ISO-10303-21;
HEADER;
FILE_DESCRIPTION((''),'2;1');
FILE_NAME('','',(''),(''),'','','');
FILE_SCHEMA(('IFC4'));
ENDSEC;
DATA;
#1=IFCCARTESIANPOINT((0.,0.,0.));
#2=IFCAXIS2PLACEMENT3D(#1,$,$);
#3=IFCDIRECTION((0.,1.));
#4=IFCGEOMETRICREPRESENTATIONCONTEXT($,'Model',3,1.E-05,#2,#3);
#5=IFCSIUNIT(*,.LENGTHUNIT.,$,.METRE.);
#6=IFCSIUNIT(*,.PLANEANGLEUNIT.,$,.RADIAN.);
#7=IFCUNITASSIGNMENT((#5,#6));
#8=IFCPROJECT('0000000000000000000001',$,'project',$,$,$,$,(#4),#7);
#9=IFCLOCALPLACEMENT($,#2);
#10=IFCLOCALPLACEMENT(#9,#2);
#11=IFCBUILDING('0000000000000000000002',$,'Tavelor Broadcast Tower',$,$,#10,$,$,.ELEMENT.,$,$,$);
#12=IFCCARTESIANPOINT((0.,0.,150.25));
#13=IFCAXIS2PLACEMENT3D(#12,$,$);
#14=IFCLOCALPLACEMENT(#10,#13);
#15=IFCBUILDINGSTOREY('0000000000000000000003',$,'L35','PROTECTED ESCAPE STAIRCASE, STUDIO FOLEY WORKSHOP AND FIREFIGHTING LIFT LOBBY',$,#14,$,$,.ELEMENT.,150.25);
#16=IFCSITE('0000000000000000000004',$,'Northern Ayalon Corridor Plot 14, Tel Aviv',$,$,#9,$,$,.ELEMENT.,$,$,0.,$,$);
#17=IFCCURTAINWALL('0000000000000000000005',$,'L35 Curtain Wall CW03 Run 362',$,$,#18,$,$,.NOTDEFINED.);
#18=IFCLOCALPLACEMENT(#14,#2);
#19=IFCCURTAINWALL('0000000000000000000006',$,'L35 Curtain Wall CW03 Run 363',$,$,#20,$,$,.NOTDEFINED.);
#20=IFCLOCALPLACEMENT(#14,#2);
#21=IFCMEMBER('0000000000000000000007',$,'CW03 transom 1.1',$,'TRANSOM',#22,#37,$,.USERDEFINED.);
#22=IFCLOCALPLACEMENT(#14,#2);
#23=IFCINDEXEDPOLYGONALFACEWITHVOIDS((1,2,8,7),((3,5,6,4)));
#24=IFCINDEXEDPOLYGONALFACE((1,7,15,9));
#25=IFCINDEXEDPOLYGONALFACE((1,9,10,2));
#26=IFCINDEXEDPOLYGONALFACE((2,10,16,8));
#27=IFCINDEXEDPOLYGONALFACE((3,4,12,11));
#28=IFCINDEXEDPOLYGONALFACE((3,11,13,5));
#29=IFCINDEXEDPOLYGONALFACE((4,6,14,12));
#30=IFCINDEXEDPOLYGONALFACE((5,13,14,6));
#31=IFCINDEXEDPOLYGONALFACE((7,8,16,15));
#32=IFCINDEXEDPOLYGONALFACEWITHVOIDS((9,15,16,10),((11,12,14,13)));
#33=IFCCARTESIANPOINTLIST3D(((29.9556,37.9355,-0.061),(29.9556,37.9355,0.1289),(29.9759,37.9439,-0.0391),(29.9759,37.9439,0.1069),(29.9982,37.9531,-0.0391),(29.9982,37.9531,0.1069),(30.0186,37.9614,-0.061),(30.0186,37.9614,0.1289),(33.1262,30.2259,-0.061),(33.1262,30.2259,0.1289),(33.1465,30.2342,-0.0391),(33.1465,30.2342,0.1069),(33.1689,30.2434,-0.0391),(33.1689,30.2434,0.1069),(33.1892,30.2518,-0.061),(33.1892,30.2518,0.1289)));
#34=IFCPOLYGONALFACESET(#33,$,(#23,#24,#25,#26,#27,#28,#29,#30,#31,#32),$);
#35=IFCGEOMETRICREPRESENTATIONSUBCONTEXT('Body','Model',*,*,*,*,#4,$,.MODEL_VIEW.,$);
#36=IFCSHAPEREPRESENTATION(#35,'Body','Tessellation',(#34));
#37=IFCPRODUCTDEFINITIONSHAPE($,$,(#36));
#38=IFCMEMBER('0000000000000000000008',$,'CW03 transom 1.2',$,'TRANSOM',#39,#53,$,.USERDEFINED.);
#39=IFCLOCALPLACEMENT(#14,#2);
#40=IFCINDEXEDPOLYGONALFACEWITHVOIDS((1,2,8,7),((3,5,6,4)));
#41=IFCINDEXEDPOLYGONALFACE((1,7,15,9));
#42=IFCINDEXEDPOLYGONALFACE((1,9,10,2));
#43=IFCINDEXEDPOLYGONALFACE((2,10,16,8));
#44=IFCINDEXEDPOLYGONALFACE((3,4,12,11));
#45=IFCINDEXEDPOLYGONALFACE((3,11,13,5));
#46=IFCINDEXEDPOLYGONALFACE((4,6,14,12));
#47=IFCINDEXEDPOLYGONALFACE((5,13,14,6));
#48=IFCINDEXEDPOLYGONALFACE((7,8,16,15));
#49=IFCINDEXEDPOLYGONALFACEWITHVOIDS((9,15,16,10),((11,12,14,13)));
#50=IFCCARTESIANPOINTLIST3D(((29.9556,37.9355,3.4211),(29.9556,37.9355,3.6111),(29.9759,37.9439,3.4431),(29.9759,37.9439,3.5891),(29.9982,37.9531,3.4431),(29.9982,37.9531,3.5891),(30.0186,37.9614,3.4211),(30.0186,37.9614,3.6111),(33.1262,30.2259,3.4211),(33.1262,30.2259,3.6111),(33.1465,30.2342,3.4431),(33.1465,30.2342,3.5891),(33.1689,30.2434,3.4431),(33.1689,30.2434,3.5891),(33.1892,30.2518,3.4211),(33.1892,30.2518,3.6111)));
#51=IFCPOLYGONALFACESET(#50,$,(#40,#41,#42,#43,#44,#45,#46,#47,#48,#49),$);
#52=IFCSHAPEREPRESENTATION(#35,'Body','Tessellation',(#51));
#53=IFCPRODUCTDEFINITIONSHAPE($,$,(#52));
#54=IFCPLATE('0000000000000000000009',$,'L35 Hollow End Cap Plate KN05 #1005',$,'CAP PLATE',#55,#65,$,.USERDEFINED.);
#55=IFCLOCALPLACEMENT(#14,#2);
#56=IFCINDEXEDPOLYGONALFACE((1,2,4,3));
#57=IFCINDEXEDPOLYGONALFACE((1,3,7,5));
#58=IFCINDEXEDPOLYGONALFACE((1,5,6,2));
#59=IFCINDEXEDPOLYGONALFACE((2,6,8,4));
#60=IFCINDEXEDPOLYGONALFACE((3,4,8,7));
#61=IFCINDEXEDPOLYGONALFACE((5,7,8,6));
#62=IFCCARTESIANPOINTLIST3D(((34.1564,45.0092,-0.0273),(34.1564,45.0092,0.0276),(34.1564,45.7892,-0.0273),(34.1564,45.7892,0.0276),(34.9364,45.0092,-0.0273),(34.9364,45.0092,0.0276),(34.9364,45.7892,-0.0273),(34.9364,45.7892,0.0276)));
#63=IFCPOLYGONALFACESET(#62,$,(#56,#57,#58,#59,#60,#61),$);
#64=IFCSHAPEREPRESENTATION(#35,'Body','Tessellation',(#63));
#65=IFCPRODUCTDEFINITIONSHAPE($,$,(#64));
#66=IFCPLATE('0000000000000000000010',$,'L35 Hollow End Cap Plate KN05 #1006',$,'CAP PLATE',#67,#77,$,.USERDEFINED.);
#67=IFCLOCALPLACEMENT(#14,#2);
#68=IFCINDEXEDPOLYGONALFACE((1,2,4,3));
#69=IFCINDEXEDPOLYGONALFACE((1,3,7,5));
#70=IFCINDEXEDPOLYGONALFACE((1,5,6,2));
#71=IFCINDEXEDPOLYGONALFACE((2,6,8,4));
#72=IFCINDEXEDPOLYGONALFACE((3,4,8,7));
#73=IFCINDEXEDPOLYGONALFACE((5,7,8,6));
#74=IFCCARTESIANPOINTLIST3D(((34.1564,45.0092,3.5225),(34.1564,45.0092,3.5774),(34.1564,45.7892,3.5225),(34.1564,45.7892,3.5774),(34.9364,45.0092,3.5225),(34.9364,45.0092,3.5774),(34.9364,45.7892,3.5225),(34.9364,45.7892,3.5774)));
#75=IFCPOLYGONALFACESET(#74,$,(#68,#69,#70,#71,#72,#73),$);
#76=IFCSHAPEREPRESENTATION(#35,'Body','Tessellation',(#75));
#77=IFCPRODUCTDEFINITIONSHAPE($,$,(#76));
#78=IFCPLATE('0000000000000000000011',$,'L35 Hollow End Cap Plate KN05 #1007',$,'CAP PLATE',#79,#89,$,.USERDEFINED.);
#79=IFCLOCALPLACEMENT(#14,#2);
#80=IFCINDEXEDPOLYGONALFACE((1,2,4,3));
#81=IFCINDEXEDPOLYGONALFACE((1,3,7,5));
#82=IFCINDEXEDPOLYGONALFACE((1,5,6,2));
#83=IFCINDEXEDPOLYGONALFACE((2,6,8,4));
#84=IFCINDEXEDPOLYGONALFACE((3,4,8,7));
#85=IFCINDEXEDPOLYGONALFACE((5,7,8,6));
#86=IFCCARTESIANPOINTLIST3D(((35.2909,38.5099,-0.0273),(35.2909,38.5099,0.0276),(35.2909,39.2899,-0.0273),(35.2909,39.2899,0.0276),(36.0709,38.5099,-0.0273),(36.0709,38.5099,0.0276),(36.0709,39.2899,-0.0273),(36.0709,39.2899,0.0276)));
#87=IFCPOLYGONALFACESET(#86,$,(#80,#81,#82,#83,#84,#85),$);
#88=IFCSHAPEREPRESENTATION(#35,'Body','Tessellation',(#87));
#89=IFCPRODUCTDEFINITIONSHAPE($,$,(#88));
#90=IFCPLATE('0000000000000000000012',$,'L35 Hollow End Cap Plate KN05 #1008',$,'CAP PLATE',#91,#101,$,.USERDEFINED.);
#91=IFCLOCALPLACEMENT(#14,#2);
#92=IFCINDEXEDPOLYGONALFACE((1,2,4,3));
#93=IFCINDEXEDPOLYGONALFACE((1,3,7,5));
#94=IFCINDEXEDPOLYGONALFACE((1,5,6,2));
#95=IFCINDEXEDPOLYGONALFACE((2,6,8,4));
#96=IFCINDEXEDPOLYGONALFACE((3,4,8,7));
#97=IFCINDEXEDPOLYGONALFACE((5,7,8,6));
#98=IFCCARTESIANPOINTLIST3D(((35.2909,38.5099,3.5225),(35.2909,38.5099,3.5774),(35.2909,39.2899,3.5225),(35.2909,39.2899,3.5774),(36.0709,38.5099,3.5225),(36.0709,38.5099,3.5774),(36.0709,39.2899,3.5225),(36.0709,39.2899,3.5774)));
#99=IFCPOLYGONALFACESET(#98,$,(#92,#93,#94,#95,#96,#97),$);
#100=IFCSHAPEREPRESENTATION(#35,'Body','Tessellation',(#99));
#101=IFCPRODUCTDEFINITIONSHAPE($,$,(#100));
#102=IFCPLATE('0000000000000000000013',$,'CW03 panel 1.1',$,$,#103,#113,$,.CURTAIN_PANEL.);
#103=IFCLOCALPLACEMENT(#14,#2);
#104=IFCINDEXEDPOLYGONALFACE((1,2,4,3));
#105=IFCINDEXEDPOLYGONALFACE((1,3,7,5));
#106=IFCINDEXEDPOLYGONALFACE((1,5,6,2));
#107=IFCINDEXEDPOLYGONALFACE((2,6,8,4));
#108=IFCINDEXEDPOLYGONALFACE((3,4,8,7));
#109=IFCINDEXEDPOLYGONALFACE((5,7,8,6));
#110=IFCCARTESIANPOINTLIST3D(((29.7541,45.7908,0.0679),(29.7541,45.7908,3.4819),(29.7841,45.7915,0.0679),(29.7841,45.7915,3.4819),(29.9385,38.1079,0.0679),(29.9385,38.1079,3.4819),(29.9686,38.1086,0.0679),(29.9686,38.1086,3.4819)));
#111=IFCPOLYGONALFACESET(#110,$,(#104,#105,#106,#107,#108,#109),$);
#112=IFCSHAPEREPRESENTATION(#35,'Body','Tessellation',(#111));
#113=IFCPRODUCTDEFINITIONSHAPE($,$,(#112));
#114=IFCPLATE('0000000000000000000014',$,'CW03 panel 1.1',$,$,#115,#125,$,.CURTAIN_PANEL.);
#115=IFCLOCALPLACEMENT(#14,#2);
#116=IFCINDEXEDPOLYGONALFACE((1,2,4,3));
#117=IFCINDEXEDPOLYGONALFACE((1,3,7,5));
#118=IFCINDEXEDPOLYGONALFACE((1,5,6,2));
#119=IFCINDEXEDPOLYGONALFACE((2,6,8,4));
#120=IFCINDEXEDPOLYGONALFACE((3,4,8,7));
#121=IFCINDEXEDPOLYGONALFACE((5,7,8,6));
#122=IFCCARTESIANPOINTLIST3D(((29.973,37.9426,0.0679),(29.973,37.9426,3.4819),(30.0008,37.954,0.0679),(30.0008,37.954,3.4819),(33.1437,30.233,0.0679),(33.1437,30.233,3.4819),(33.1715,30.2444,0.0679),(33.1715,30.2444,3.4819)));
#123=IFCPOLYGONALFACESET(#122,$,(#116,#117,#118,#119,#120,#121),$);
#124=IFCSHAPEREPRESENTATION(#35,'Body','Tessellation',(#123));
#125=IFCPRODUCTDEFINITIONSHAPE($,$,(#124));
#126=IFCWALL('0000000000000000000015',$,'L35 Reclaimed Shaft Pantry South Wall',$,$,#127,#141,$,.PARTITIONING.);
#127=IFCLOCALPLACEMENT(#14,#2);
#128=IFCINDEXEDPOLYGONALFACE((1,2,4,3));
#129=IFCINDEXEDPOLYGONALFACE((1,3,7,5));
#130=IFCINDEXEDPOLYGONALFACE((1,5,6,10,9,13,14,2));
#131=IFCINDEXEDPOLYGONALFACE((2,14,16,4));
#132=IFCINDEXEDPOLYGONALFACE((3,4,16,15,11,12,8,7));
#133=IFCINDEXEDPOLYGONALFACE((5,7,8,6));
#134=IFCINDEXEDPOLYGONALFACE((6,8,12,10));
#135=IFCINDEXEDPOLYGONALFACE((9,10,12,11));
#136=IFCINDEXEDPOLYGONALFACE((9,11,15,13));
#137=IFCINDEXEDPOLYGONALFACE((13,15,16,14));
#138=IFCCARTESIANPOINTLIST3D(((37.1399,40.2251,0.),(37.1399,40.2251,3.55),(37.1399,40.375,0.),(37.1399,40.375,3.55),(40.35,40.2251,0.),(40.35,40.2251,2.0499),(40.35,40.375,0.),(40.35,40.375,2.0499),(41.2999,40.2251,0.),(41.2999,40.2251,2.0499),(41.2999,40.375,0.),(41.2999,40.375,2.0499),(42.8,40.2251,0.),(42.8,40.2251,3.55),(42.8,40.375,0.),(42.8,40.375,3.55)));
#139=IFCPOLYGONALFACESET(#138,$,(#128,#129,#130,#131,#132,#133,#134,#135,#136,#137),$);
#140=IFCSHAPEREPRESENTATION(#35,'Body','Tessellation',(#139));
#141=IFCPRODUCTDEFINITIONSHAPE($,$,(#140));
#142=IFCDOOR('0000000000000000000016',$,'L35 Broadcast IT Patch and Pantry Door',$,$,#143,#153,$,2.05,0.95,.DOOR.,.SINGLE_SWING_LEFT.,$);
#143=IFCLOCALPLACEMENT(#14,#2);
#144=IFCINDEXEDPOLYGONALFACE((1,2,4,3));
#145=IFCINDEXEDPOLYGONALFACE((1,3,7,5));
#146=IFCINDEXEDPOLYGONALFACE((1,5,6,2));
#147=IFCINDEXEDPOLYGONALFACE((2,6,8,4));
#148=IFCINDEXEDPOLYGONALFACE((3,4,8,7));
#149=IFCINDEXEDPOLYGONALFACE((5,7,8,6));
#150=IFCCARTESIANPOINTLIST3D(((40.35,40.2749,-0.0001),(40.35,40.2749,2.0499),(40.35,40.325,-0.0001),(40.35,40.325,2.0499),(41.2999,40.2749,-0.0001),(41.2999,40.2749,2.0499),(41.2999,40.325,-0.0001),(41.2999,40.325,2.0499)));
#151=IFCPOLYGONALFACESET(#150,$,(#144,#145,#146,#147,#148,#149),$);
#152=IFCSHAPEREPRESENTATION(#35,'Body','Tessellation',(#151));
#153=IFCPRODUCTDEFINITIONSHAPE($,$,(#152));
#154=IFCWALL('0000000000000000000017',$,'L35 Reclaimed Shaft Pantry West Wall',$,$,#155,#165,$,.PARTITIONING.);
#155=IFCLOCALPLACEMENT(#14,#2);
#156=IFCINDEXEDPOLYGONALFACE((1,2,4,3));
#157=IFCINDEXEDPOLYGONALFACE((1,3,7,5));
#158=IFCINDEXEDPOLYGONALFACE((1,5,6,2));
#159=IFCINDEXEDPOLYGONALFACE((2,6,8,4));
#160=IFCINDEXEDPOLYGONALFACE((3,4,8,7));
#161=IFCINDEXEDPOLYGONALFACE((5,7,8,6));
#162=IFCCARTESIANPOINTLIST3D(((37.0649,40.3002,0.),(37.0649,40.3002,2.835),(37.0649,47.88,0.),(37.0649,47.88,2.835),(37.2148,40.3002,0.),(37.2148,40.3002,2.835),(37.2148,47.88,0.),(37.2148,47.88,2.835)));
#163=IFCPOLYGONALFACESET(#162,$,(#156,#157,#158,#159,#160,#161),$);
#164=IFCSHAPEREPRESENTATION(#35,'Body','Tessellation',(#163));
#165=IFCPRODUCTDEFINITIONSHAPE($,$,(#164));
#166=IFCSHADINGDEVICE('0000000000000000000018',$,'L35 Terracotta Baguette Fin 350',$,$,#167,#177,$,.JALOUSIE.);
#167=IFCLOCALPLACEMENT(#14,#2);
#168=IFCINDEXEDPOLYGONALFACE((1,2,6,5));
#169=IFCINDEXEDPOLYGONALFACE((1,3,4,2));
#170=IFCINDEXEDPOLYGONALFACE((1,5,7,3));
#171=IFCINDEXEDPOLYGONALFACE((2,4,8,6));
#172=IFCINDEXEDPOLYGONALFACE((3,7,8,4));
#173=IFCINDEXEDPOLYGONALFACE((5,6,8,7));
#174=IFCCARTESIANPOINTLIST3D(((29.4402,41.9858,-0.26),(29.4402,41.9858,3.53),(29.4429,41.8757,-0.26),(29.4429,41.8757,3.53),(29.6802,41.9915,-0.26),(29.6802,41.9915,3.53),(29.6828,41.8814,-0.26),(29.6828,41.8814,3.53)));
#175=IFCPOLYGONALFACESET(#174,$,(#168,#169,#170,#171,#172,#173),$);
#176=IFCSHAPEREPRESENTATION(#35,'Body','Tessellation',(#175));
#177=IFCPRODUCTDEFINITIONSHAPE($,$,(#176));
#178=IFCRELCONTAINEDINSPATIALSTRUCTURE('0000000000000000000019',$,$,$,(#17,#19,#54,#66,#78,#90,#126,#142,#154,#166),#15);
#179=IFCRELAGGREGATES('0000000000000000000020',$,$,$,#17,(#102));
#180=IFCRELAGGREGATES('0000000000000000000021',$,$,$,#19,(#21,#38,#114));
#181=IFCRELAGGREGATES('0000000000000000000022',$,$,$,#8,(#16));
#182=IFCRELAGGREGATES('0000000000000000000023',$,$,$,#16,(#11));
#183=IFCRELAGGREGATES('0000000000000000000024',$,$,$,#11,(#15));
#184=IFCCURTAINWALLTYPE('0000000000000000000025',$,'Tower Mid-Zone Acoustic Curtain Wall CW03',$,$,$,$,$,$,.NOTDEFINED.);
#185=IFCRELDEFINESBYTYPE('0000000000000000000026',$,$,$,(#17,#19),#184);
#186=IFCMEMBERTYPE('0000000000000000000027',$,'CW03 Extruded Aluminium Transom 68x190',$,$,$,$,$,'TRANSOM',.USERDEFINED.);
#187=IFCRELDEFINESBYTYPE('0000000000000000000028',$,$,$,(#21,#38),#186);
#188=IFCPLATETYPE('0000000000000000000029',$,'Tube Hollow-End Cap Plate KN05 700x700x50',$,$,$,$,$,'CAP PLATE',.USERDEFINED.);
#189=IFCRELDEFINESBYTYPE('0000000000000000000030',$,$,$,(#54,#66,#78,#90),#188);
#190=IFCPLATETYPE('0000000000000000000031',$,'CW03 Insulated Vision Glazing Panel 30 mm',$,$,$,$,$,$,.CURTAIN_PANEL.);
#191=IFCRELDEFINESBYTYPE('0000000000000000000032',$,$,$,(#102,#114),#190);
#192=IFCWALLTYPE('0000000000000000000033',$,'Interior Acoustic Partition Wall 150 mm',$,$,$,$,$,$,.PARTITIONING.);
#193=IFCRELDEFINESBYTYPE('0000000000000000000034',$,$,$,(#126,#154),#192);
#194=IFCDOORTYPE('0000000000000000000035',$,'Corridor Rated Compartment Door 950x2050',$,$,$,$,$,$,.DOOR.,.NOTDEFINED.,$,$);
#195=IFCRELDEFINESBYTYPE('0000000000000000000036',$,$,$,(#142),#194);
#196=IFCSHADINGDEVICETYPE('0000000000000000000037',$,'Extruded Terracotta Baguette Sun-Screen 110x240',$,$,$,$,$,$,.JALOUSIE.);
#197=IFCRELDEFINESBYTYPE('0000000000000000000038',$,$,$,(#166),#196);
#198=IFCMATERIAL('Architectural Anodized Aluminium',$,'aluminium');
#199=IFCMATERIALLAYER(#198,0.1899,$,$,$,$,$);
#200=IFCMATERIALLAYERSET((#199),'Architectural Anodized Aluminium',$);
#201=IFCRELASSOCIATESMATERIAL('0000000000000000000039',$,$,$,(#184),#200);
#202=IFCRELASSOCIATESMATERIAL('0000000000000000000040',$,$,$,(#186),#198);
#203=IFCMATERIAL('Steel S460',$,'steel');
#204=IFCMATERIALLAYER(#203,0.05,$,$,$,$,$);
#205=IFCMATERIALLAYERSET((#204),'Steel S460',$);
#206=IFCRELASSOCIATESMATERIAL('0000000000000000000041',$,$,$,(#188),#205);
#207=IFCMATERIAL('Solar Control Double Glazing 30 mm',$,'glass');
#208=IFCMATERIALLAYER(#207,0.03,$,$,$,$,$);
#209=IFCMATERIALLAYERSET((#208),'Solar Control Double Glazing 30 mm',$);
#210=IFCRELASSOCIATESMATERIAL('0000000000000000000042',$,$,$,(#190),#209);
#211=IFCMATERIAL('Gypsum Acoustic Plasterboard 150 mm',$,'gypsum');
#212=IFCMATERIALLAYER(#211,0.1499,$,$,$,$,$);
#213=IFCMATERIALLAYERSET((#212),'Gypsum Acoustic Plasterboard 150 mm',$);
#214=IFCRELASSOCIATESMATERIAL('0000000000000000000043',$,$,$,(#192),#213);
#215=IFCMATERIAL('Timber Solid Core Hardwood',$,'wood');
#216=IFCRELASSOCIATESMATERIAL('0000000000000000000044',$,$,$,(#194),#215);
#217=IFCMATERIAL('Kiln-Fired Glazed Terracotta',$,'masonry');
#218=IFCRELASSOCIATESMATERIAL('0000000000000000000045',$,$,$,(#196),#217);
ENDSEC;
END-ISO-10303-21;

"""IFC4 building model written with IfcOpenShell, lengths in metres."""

from ifc_helpers import new_model, si_unit, direction, frame, frame_2d, origin, origin_2d, place, context, subcontext, project, spatial, rectangle, hollow_rectangle, extrude, source, transform, mapped, material, layer, layer_set, material_profile, profile_set, type_object, type_shapes, element, fill, aggregate, save


model = new_model("IFC4")

# Units and contexts
model_context = context("Model", 3, precision=1e-05, world=origin(), true_north=direction((0.0, 1.0)))
body_context = subcontext(model_context, "Body", "Model", "MODEL_VIEW")
ifc_project = project(units=[si_unit("LENGTHUNIT", "METRE"), si_unit("PLANEANGLEUNIT", "RADIAN")], contexts=[model_context])

# Site, building, storey
site_placement = place(None, origin())
site = spatial("IfcSite", under=ifc_project, at=site_placement, Name="Northern Ayalon Corridor Plot 14, Tel Aviv", CompositionType="ELEMENT", RefElevation=0.0)
building_placement = place(site_placement, origin())
building = spatial("IfcBuilding", under=site, at=building_placement, Name="Tavelor Broadcast Tower", CompositionType="ELEMENT")
storey_placement = place(building_placement, frame((0.0, 0.0, 150.25)))
storey = spatial("IfcBuildingStorey", under=building, at=storey_placement, Name="L35", Description="PROTECTED ESCAPE STAIRCASE, STUDIO FOLEY WORKSHOP AND FIREFIGHTING LIFT LOBBY", CompositionType="ELEMENT", Elevation=150.25)

# Shared definitions
ifc_material_1 = material(Name="Steel S460", Category="steel")

# Shared definitions
ifc_material_2 = material(Name="Architectural Anodized Aluminium", Category="aluminium")
ifc_layer_1 = layer(ifc_material_2, 0.1899)
ifc_layer_set_1 = layer_set([ifc_layer_1], Name="Architectural Anodized Aluminium")
curtain_wall_type = type_object("IfcCurtainWallType", Name="Tower Mid-Zone Acoustic Curtain Wall CW03", PredefinedType="NOTDEFINED", material=ifc_layer_set_1)

# Curtain wall
curtain_wall_1_placement = place(storey_placement, origin())
curtain_wall_1 = element("IfcCurtainWall", 1, at=curtain_wall_1_placement, inside=storey, type_object=curtain_wall_type, Name="L35 Curtain Wall CW03 Run 362", PredefinedType="NOTDEFINED")

# Curtain wall
curtain_wall_2_placement = place(storey_placement, origin())
curtain_wall_2 = element("IfcCurtainWall", 2, at=curtain_wall_2_placement, inside=storey, type_object=curtain_wall_type, Name="L35 Curtain Wall CW03 Run 363", PredefinedType="NOTDEFINED")

# Members
ifc_material_profile_1 = material_profile(ifc_material_2, hollow_rectangle(XDim=0.0681, YDim=0.1899, WallThickness=0.022, at=origin_2d()), Name="RHS 68x190x22")
ifc_profile_set_1 = profile_set([ifc_material_profile_1], Name="Architectural Anodized Aluminium")
member_type_1 = type_object("IfcMemberType", Name="CW03 Extruded Aluminium Transom 68x190", ElementType="TRANSOM", PredefinedType="USERDEFINED", material=ifc_profile_set_1)
shared_shape_1 = source(origin(), body_context, "Body", "SweptSolid", [
    extrude(hollow_rectangle(XDim=0.0681, YDim=0.1899, WallThickness=0.022, at=origin_2d()), origin(), (0.0, 0.0, 1.0), 8.3362),
])
member_1_placement = place(storey_placement, frame((29.9871, 37.9485, 0.0339), z_axis=(0.380346, -0.924844, 0.0), x_axis=(0.924844, 0.380346, 0.0)))
member_1 = element("IfcMember", 3, at=member_1_placement, type_object=member_type_1, Name="CW03 transom 1.1", ObjectType="TRANSOM", PredefinedType="USERDEFINED", context=body_context, shape_type="MappedRepresentation", body=[
    mapped(shared_shape_1, transform((0.0, 0.0, 0.0), scale=1.0)),
])
member_2_placement = place(storey_placement, frame((29.9871, 37.9485, 3.5161), z_axis=(0.380346, -0.924844, 0.0), x_axis=(0.924844, 0.380346, 0.0)))
member_2 = element("IfcMember", 4, at=member_2_placement, type_object=member_type_1, Name="CW03 transom 1.2", ObjectType="TRANSOM", PredefinedType="USERDEFINED", context=body_context, shape_type="MappedRepresentation", body=[
    mapped(shared_shape_1, transform((0.0, 0.0, 0.0), scale=1.0)),
])

# Plates
ifc_layer_2 = layer(ifc_material_1, 0.05)
ifc_layer_set_2 = layer_set([ifc_layer_2], Name="Steel S460")
plate_type_1 = type_object("IfcPlateType", Name="Tube Hollow-End Cap Plate KN05 700x700x50", ElementType="CAP PLATE", PredefinedType="USERDEFINED", material=ifc_layer_set_2)
shared_shape_2 = source(origin(), body_context, "Body", "SweptSolid", [
    extrude(rectangle(XDim=0.78, YDim=0.78, at=origin_2d()), origin(), (0.0, 0.0, 1.0), 0.0549),
])
type_shapes(plate_type_1, [shared_shape_2])
for number, where, z_axis, x_axis, name in (
    (5, (34.5464, 45.3992, -0.0273), (0.0, 0.0, 1.0), (1.0, 0.0, 0.0), "L35 Hollow End Cap Plate KN05 #1005"),
    (6, (34.5464, 45.3992, 3.5225), (0.0, 0.0, 1.0), (1.0, 0.0, 0.0), "L35 Hollow End Cap Plate KN05 #1006"),
    (7, (35.6809, 38.8999, -0.0273), (0.0, 0.0, 1.0), (1.0, 0.0, 0.0), "L35 Hollow End Cap Plate KN05 #1007"),
    (8, (35.6809, 38.8999, 3.5225), (0.0, 0.0, 1.0), (1.0, 0.0, 0.0), "L35 Hollow End Cap Plate KN05 #1008"),
):
    element("IfcPlate", number, at=place(storey_placement, frame(where, z_axis=z_axis, x_axis=x_axis)), inside=storey, type_object=plate_type_1, Name=name, ObjectType="CAP PLATE", PredefinedType="USERDEFINED", context=body_context, shape_type="MappedRepresentation", body=[
        mapped(shared_shape_2, transform((0.0, 0.0, 0.0), scale=1.0)),
    ])

# Plates
ifc_material_3 = material(Name="Solar Control Double Glazing 30 mm", Category="glass")
ifc_layer_3 = layer(ifc_material_3, 0.03)
ifc_layer_set_3 = layer_set([ifc_layer_3], Name="Solar Control Double Glazing 30 mm")
plate_type_2 = type_object("IfcPlateType", Name="CW03 Insulated Vision Glazing Panel 30 mm", PredefinedType="CURTAIN_PANEL", material=ifc_layer_set_3)
shared_shape_3 = source(origin(), body_context, "Body", "SweptSolid", [
    extrude(rectangle(XDim=7.6851, YDim=0.03, at=origin_2d()), origin(), (0.0, 0.0, 1.0), 3.4141),
])
plate_1_placement = place(storey_placement, frame((29.8613, 41.9497, 0.0679), z_axis=(0.0, 0.0, 1.0), x_axis=(0.023999, -0.999712, 0.0)))
plate_1 = element("IfcPlate", 9, at=plate_1_placement, type_object=plate_type_2, Name="CW03 panel 1.1", PredefinedType="CURTAIN_PANEL", context=body_context, shape_type="MappedRepresentation", body=[
    mapped(shared_shape_3, transform((0.0, 0.0, 0.0), scale=1.0)),
])
aggregate(curtain_wall_1, [plate_1])
shared_shape_4 = source(origin(), body_context, "Body", "SweptSolid", [
    extrude(rectangle(XDim=8.3362, YDim=0.03, at=origin_2d()), origin(), (0.0, 0.0, 1.0), 3.4141),
])
type_shapes(plate_type_2, [shared_shape_3, shared_shape_4])
plate_2_placement = place(storey_placement, frame((31.5723, 34.0935, 0.0679), z_axis=(0.0, 0.0, 1.0), x_axis=(0.380358, -0.924839, 0.0)))
plate_2 = element("IfcPlate", 10, at=plate_2_placement, type_object=plate_type_2, Name="CW03 panel 1.1", PredefinedType="CURTAIN_PANEL", context=body_context, shape_type="MappedRepresentation", body=[
    mapped(shared_shape_4, transform((0.0, 0.0, 0.0), scale=1.0)),
])
aggregate(curtain_wall_2, [member_1, member_2, plate_2])

# Wall, opening, door
ifc_material_4 = material(Name="Gypsum Acoustic Plasterboard 150 mm", Category="gypsum")
ifc_layer_4 = layer(ifc_material_4, 0.1499)
ifc_layer_set_4 = layer_set([ifc_layer_4], Name="Gypsum Acoustic Plasterboard 150 mm")
wall_type = type_object("IfcWallType", Name="Interior Acoustic Partition Wall 150 mm", PredefinedType="PARTITIONING", material=ifc_layer_set_4)
wall_1_placement = place(storey_placement, frame((37.1399, 40.3, 0.0), z_axis=(0.0, 0.0, 1.0), x_axis=(1.0, 0.0, 0.0)))
wall_1 = element("IfcWall", 11, at=wall_1_placement, inside=storey, type_object=wall_type, Name="L35 Reclaimed Shaft Pantry South Wall", PredefinedType="PARTITIONING", context=body_context, shape_type="SweptSolid", body=[
    extrude(rectangle(XDim=5.6602, YDim=0.1499, at=frame_2d((2.8301, 0.0))), origin(), (0.0, 0.0, 1.0), 3.55),
])
opening_placement = place(wall_1_placement, frame((3.21, 0.0, 0.0)))
opening = element("IfcOpeningElement", 12, at=opening_placement, cuts=wall_1, PredefinedType="OPENING", context=body_context, shape_type="SweptSolid", body=[
    extrude(rectangle(XDim=0.95, YDim=2.05, at=frame_2d((0.4751, 1.0249))), frame((0.0, 0.085, 0.0), z_axis=(0.0, -1.0, 0.0), x_axis=(1.0, 0.0, 0.0)), (0.0, 0.0, 1.0), 0.1699),
])
ifc_material_5 = material(Name="Timber Solid Core Hardwood", Category="wood")
door_type = type_object("IfcDoorType", Name="Corridor Rated Compartment Door 950x2050", OperationType="NOTDEFINED", PredefinedType="DOOR", material=ifc_material_5)
door_placement = place(opening_placement, origin())
door = element("IfcDoor", 13, at=door_placement, inside=storey, type_object=door_type, Name="L35 Broadcast IT Patch and Pantry Door", OperationType="SINGLE_SWING_LEFT", OverallHeight=2.05, OverallWidth=0.95, PredefinedType="DOOR", context=body_context, shape_type="SweptSolid", body=[
    extrude(rectangle(XDim=0.95, YDim=2.05, at=frame_2d((0.4751, 1.0249))), frame((0.0, 0.0249, 0.0), z_axis=(0.0, -1.0, 0.0), x_axis=(1.0, 0.0, 0.0)), (0.0, 0.0, 1.0), 0.05),
])
fill(opening, door)

# Wall
wall_2_placement = place(storey_placement, frame((37.1399, 40.3, 0.0), z_axis=(0.0, 0.0, 1.0), x_axis=(0.0, 1.0, 0.0)))
element("IfcWall", 14, at=wall_2_placement, inside=storey, type_object=wall_type, Name="L35 Reclaimed Shaft Pantry West Wall", PredefinedType="PARTITIONING", context=body_context, shape_type="SweptSolid", body=[
    extrude(rectangle(XDim=7.5798, YDim=0.1499, at=frame_2d((3.79, 0.0))), origin(), (0.0, 0.0, 1.0), 2.835),
])

# Shading device
ifc_material_6 = material(Name="Kiln-Fired Glazed Terracotta", Category="masonry")
shading_device_type = type_object("IfcShadingDeviceType", Name="Extruded Terracotta Baguette Sun-Screen 110x240", PredefinedType="JALOUSIE", material=ifc_material_6)
shared_shape_5 = source(origin(), body_context, "Body", "SweptSolid", [
    extrude(rectangle(XDim=0.1101, YDim=0.24, at=origin_2d()), origin(), (0.0, 0.0, 1.0), 3.79),
])
type_shapes(shading_device_type, [shared_shape_5])
shading_device_placement = place(storey_placement, frame((29.5615, 41.9336, -0.26), z_axis=(0.0, 0.0, 1.0), x_axis=(0.023909, -0.999714, 0.0)))
element("IfcShadingDevice", 15, at=shading_device_placement, inside=storey, type_object=shading_device_type, Name="L35 Terracotta Baguette Fin 350", PredefinedType="JALOUSIE", context=body_context, shape_type="MappedRepresentation", body=[
    mapped(shared_shape_5, transform((0.0, 0.0, 0.0), scale=1.0)),
])

save(model, "model.ifc")
